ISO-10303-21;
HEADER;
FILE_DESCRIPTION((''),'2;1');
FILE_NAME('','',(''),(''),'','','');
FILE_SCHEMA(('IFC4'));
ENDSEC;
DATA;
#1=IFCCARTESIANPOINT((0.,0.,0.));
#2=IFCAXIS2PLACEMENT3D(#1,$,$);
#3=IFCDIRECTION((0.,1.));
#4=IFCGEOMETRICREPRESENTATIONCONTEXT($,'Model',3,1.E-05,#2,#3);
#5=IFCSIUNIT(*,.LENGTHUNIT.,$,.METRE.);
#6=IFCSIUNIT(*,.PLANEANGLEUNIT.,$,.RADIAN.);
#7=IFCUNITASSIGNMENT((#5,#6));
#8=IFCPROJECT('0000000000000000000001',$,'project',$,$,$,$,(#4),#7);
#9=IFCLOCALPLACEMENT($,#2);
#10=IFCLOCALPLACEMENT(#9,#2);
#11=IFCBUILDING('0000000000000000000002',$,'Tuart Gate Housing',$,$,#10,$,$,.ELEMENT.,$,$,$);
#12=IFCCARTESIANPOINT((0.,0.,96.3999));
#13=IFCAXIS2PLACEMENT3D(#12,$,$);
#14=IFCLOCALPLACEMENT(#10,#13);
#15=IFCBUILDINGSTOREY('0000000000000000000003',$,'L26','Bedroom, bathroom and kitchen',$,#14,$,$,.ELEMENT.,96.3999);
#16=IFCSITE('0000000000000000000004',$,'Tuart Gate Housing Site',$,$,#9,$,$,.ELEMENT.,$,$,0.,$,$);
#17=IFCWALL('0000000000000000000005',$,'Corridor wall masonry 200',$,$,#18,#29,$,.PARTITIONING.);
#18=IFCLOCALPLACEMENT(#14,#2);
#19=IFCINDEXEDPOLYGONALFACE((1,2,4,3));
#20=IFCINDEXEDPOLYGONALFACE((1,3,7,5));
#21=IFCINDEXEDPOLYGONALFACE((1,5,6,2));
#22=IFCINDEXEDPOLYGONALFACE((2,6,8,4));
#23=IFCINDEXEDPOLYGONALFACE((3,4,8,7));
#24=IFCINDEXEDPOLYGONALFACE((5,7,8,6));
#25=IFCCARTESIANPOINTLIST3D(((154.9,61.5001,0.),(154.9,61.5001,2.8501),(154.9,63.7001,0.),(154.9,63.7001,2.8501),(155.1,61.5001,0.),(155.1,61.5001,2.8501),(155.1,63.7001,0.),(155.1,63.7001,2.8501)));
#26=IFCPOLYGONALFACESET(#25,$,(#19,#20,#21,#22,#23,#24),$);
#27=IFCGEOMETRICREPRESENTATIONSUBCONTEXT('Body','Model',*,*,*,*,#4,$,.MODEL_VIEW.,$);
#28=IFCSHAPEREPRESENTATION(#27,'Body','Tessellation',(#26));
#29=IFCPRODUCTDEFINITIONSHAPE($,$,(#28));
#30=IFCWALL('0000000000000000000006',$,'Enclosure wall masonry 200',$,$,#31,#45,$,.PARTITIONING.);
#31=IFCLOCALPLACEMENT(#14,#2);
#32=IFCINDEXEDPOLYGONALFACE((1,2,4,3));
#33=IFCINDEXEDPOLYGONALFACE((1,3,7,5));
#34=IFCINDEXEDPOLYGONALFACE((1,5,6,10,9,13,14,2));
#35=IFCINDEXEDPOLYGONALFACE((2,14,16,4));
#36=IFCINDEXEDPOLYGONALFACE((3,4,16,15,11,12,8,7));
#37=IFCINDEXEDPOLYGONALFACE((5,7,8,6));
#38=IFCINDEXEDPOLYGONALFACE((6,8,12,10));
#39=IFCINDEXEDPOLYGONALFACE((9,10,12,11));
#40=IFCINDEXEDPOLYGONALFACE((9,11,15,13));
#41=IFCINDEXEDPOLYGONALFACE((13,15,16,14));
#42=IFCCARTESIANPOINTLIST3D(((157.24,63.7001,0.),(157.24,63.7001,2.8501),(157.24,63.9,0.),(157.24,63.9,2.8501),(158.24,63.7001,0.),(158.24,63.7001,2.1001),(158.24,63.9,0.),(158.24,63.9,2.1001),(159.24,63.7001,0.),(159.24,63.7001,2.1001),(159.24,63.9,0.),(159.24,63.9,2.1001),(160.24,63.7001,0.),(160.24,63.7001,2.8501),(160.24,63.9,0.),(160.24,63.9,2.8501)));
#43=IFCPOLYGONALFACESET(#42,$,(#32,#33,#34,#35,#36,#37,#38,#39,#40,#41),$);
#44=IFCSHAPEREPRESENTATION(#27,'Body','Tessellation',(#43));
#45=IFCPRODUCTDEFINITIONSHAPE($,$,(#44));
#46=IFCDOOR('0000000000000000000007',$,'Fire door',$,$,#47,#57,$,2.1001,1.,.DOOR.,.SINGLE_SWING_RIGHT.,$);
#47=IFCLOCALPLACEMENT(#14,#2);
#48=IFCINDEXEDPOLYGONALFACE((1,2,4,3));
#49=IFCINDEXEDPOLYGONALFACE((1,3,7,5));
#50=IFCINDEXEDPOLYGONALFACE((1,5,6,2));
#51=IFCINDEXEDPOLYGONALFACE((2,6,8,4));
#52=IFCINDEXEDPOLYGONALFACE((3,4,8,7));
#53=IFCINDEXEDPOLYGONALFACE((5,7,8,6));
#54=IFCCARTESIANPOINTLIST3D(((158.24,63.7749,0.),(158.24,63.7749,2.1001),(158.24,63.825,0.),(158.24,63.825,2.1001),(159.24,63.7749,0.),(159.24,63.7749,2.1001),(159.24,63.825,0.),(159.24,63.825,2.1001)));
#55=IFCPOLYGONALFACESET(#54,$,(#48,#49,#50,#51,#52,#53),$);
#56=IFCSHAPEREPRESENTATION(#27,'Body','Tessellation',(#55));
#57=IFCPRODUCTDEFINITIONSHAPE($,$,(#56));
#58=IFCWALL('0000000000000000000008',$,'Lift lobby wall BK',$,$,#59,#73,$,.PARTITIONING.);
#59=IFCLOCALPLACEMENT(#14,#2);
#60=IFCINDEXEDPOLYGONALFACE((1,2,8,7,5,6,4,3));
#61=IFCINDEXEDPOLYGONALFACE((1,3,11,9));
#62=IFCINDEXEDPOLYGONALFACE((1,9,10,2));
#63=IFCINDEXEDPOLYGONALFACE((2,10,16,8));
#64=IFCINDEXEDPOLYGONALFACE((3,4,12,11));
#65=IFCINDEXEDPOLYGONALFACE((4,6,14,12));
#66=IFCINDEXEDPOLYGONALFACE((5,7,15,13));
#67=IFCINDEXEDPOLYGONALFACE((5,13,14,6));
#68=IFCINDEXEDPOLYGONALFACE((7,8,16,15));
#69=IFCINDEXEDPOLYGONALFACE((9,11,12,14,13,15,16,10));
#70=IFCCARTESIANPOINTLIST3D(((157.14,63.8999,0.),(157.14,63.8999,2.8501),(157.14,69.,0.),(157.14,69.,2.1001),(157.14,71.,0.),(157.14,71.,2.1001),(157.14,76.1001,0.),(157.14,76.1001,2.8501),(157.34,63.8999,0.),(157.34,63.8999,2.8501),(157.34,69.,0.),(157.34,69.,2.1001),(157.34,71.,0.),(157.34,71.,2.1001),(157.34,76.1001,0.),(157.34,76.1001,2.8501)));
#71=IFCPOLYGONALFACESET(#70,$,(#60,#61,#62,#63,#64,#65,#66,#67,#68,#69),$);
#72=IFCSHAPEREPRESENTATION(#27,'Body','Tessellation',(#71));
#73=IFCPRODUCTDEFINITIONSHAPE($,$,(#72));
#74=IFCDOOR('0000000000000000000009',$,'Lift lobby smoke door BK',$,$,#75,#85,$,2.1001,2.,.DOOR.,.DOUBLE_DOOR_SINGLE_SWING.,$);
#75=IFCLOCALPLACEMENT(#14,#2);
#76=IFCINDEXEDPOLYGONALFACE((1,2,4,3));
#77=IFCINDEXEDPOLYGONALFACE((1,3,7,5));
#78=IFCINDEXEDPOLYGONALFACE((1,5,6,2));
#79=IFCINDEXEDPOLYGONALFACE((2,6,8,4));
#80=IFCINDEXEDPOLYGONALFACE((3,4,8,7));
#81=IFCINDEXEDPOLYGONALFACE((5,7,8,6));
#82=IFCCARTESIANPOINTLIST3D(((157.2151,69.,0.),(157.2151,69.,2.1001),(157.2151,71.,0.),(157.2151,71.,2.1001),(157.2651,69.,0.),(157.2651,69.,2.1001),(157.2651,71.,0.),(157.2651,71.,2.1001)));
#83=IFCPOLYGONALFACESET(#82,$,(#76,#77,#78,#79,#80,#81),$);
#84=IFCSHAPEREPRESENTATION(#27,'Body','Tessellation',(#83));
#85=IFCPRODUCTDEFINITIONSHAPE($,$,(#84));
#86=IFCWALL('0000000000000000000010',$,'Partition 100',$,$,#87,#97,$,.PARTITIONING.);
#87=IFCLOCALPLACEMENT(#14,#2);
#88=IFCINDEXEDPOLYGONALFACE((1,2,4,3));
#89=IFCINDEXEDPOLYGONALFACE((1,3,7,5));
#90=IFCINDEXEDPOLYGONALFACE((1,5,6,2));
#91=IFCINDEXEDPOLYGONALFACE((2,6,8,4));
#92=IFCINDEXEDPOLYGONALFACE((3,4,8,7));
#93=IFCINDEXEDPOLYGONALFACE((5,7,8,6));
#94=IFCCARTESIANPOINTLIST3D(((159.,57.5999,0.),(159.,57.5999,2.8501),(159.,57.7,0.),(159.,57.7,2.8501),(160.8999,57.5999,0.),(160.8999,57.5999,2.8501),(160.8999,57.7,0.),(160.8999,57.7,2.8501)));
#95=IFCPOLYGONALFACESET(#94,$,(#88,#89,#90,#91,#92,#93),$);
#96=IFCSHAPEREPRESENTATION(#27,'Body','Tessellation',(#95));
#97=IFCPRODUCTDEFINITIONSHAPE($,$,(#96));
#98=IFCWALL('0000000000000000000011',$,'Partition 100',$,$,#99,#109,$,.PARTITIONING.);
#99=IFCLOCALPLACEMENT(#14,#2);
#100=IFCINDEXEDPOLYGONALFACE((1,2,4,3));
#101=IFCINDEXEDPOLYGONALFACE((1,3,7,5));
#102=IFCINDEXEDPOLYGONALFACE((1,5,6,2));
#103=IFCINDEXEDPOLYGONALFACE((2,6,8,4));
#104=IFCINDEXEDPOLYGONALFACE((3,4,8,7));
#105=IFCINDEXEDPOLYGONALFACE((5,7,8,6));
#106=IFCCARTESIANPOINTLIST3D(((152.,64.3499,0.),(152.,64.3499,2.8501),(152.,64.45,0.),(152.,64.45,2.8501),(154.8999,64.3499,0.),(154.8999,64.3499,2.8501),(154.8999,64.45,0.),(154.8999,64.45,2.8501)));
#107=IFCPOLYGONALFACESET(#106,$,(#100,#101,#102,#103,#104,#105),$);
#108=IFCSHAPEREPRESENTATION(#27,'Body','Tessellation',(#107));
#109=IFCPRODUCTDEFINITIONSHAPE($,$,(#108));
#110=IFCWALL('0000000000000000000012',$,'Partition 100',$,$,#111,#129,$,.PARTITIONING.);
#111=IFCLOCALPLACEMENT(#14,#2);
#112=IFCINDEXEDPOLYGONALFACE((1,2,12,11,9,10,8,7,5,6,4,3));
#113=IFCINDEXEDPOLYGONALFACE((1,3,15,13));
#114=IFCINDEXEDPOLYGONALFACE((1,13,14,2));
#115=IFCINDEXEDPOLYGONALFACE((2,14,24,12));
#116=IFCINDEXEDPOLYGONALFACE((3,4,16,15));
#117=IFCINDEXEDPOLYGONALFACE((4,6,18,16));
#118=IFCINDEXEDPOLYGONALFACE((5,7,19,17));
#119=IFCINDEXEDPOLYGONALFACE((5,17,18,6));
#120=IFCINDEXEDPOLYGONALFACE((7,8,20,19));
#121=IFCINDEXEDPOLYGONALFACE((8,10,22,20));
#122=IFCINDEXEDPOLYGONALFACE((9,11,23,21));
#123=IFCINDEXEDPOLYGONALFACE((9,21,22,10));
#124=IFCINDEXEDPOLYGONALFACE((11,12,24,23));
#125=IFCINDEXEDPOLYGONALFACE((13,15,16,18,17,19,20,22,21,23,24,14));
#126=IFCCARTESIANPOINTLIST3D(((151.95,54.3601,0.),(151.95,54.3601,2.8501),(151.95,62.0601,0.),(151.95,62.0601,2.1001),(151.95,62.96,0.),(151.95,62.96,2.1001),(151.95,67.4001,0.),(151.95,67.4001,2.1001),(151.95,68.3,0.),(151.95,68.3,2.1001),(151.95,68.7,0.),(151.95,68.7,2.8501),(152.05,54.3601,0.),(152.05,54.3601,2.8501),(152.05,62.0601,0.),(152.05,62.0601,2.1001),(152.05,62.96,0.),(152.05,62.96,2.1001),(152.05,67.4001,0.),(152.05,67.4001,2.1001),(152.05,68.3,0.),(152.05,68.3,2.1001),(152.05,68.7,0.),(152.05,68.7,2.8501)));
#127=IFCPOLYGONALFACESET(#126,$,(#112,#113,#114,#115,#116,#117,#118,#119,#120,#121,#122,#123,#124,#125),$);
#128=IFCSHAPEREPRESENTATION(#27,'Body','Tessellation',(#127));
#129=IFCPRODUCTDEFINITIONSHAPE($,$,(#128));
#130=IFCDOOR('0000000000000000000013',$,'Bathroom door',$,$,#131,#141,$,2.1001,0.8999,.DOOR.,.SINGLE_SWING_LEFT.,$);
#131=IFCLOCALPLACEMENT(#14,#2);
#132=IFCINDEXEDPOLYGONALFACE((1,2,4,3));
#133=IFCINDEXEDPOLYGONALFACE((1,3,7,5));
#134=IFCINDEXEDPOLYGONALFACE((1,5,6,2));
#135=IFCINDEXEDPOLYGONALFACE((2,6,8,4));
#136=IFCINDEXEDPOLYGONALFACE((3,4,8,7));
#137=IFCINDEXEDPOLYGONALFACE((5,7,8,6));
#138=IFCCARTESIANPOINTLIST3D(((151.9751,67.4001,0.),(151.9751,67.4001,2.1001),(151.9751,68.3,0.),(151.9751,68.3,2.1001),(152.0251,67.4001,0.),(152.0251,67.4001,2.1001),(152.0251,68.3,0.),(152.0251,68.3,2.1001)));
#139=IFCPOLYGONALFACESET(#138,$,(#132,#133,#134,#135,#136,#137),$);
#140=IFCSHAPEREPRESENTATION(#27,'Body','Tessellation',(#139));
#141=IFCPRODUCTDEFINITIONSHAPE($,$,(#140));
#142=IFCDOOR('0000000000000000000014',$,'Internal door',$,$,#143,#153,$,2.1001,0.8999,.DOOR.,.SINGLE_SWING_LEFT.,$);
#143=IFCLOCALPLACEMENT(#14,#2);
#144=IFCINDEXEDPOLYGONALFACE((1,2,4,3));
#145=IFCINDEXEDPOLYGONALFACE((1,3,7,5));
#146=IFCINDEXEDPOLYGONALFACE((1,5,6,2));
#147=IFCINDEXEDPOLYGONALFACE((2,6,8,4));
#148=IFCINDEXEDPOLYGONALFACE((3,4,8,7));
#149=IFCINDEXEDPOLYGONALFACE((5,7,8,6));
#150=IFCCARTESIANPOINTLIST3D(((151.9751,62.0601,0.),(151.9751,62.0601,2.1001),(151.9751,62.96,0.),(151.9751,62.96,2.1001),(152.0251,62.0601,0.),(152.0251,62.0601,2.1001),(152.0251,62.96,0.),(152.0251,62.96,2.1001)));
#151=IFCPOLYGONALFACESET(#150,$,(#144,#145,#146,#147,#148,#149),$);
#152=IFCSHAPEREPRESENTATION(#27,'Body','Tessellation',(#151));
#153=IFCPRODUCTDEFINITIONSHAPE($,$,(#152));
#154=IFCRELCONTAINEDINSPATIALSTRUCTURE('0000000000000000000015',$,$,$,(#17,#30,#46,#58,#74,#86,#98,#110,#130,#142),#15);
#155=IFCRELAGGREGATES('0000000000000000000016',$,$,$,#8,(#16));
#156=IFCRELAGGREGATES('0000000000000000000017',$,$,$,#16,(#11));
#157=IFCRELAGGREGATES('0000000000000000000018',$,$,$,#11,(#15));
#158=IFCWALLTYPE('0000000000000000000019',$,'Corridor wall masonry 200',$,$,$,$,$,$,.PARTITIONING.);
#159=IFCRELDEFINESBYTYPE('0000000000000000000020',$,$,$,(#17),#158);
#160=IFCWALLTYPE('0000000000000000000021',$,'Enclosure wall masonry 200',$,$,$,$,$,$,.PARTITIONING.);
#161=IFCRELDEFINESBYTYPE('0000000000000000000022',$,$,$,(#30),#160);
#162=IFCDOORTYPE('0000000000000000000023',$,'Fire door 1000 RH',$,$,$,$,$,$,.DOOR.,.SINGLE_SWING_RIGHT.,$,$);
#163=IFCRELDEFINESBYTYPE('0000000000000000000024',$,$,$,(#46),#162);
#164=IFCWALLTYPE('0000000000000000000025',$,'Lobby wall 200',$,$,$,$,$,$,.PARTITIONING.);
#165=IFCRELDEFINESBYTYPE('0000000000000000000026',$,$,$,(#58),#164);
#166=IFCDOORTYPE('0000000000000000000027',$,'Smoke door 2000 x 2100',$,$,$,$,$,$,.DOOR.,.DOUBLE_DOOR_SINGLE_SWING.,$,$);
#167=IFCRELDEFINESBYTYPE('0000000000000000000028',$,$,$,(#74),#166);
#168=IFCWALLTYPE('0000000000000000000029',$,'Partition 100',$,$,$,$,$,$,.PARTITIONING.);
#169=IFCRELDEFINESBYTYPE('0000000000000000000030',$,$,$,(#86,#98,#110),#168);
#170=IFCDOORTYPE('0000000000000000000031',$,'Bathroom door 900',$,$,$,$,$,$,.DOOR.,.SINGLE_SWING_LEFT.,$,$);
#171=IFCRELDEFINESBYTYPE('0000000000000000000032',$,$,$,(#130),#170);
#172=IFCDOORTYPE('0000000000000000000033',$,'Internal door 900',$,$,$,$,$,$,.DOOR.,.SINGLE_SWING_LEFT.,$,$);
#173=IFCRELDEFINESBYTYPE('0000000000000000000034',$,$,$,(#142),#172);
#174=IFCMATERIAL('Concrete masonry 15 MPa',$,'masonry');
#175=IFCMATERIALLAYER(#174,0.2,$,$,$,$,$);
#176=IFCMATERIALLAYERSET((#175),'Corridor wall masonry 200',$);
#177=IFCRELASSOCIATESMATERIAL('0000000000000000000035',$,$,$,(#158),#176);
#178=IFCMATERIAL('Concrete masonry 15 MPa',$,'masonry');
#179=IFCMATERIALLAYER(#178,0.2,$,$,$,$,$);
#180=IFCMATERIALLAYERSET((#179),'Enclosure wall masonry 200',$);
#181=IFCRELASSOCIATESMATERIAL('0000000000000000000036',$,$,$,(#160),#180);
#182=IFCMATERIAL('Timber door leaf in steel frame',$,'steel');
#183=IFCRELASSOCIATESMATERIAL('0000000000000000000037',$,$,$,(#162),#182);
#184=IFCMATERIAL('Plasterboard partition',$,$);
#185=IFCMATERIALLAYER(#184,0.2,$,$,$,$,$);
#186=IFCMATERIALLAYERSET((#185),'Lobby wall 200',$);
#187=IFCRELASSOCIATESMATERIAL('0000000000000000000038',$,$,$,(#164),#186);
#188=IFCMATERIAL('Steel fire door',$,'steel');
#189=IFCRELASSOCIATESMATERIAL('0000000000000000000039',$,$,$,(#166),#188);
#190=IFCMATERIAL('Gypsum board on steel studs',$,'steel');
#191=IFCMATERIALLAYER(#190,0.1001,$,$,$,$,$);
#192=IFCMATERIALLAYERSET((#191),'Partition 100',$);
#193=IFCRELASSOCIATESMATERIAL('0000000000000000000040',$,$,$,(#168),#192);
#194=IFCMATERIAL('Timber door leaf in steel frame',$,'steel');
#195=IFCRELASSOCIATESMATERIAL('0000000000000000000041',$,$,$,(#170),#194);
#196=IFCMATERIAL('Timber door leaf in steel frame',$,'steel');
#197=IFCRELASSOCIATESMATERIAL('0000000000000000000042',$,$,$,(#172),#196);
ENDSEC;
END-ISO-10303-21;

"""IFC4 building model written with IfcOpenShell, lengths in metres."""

from ifc_helpers import new_model, si_unit, direction, frame, frame_2d, origin, place, context, subcontext, project, spatial, rectangle, extrude, material, layer, layer_set, type_object, element, fill, save


model = new_model("IFC4")

# Units and contexts
model_context = context("Model", 3, precision=1e-05, world=origin(), true_north=direction((0.0, 1.0)))
body_context = subcontext(model_context, "Body", "Model", "MODEL_VIEW")
ifc_project = project(units=[si_unit("LENGTHUNIT", "METRE"), si_unit("PLANEANGLEUNIT", "RADIAN")], contexts=[model_context])

# Site, building, storey
site_placement = place(None, origin())
site = spatial("IfcSite", under=ifc_project, at=site_placement, Name="Tuart Gate Housing Site", CompositionType="ELEMENT", RefElevation=0.0)
building_placement = place(site_placement, origin())
building = spatial("IfcBuilding", under=site, at=building_placement, Name="Tuart Gate Housing", CompositionType="ELEMENT")
storey_placement = place(building_placement, frame((0.0, 0.0, 96.3999)))
storey = spatial("IfcBuildingStorey", under=building, at=storey_placement, Name="L26", Description="Bedroom, bathroom and kitchen", CompositionType="ELEMENT", Elevation=96.3999)

# Shared definitions
ifc_material_1 = material(Name="Concrete masonry 15 MPa", Category="masonry")
ifc_layer_1 = layer(ifc_material_1, 0.2)
ifc_layer_set_1 = layer_set([ifc_layer_1], Name="Corridor wall masonry 200")
wall_type_1 = type_object("IfcWallType", Name="Corridor wall masonry 200", PredefinedType="PARTITIONING", material=ifc_layer_set_1)

# Wall
wall_1_placement = place(storey_placement, frame((155.0, 61.5, 0.0), z_axis=(0.0, 0.0, 1.0), x_axis=(0.0, 1.0, 0.0)))
element("IfcWall", 1, at=wall_1_placement, inside=storey, type_object=wall_type_1, Name="Corridor wall masonry 200", PredefinedType="PARTITIONING", context=body_context, shape_type="SweptSolid", body=[
    extrude(rectangle(XDim=2.2, YDim=0.2, at=frame_2d((1.1001, 0.0))), origin(), (0.0, 0.0, 1.0), 2.8501),
])

# Walls, openings, doors
ifc_material_2 = material(Name="Concrete masonry 15 MPa", Category="masonry")
ifc_layer_2 = layer(ifc_material_2, 0.2)
ifc_layer_set_2 = layer_set([ifc_layer_2], Name="Enclosure wall masonry 200")
wall_type_2 = type_object("IfcWallType", Name="Enclosure wall masonry 200", PredefinedType="PARTITIONING", material=ifc_layer_set_2)
wall_2_placement = place(storey_placement, frame((157.24, 63.8, 0.0), z_axis=(0.0, 0.0, 1.0), x_axis=(1.0, 0.0, 0.0)))
wall_2 = element("IfcWall", 2, at=wall_2_placement, inside=storey, type_object=wall_type_2, Name="Enclosure wall masonry 200", PredefinedType="PARTITIONING", context=body_context, shape_type="SweptSolid", body=[
    extrude(rectangle(XDim=3.0, YDim=0.2, at=frame_2d((1.5, 0.0))), origin(), (0.0, 0.0, 1.0), 2.8501),
])
opening_1_placement = place(wall_2_placement, frame((1.0, 0.0, 0.0)))
opening_1 = element("IfcOpeningElement", 3, at=opening_1_placement, cuts=wall_2, PredefinedType="OPENING", context=body_context, shape_type="SweptSolid", body=[
    extrude(rectangle(XDim=1.0, YDim=2.1001, at=frame_2d((0.5, 1.05))), frame((0.0, 0.1099, 0.0), z_axis=(0.0, -1.0, 0.0), x_axis=(1.0, 0.0, 0.0)), (0.0, 0.0, 1.0), 0.22),
])
ifc_material_3 = material(Name="Timber door leaf in steel frame", Category="steel")
door_type_1 = type_object("IfcDoorType", Name="Fire door 1000 RH", OperationType="SINGLE_SWING_RIGHT", PredefinedType="DOOR", material=ifc_material_3)
door_1_placement = place(opening_1_placement, frame((1.0, 0.0, 0.0), z_axis=(0.0, 0.0, 1.0), x_axis=(-1.0, 0.0, 0.0)))
door_1 = element("IfcDoor", 4, at=door_1_placement, inside=storey, type_object=door_type_1, Name="Fire door", OperationType="SINGLE_SWING_RIGHT", OverallHeight=2.1001, OverallWidth=1.0, PredefinedType="DOOR", context=body_context, shape_type="SweptSolid", body=[
    extrude(rectangle(XDim=1.0, YDim=2.1001, at=frame_2d((0.5, 1.05))), frame((0.0, 0.0251, 0.0), z_axis=(0.0, -1.0, 0.0), x_axis=(1.0, 0.0, 0.0)), (0.0, 0.0, 1.0), 0.05),
])
fill(opening_1, door_1)
ifc_material_4 = material(Name="Plasterboard partition")
ifc_layer_3 = layer(ifc_material_4, 0.2)
ifc_layer_set_3 = layer_set([ifc_layer_3], Name="Lobby wall 200")
wall_type_3 = type_object("IfcWallType", Name="Lobby wall 200", PredefinedType="PARTITIONING", material=ifc_layer_set_3)
wall_3_placement = place(storey_placement, frame((157.24, 63.8999, 0.0), z_axis=(0.0, 0.0, 1.0), x_axis=(0.0, 1.0, 0.0)))
wall_3 = element("IfcWall", 5, at=wall_3_placement, inside=storey, type_object=wall_type_3, Name="Lift lobby wall BK", PredefinedType="PARTITIONING", context=body_context, shape_type="SweptSolid", body=[
    extrude(rectangle(XDim=12.2002, YDim=0.2, at=frame_2d((6.1001, 0.0))), origin(), (0.0, 0.0, 1.0), 2.8501),
])
opening_2_placement = place(wall_3_placement, frame((5.1001, 0.0, 0.0)))
opening_2 = element("IfcOpeningElement", 6, at=opening_2_placement, cuts=wall_3, PredefinedType="OPENING", context=body_context, shape_type="SweptSolid", body=[
    extrude(rectangle(XDim=2.0, YDim=2.1001, at=frame_2d((1.0, 1.05))), frame((0.0, 0.1099, 0.0), z_axis=(0.0, -1.0, 0.0), x_axis=(1.0, 0.0, 0.0)), (0.0, 0.0, 1.0), 0.22),
])
ifc_material_5 = material(Name="Steel fire door", Category="steel")
door_type_2 = type_object("IfcDoorType", Name="Smoke door 2000 x 2100", OperationType="DOUBLE_DOOR_SINGLE_SWING", PredefinedType="DOOR", material=ifc_material_5)
door_2_placement = place(opening_2_placement, frame((2.0, 0.0, 0.0), z_axis=(0.0, 0.0, 1.0), x_axis=(-1.0, 0.0, 0.0)))
door_2 = element("IfcDoor", 7, at=door_2_placement, inside=storey, type_object=door_type_2, Name="Lift lobby smoke door BK", OperationType="DOUBLE_DOOR_SINGLE_SWING", OverallHeight=2.1001, OverallWidth=2.0, PredefinedType="DOOR", context=body_context, shape_type="SweptSolid", body=[
    extrude(rectangle(XDim=2.0, YDim=2.1001, at=frame_2d((1.0, 1.05))), frame((0.0, 0.0251, 0.0), z_axis=(0.0, -1.0, 0.0), x_axis=(1.0, 0.0, 0.0)), (0.0, 0.0, 1.0), 0.05),
])
fill(opening_2, door_2)

# Walls
ifc_material_6 = material(Name="Gypsum board on steel studs", Category="steel")
ifc_layer_4 = layer(ifc_material_6, 0.1001)
ifc_layer_set_4 = layer_set([ifc_layer_4], Name="Partition 100")
wall_type_4 = type_object("IfcWallType", Name="Partition 100", PredefinedType="PARTITIONING", material=ifc_layer_set_4)
wall_4_placement = place(storey_placement, frame((159.0, 57.6499, 0.0), z_axis=(0.0, 0.0, 1.0), x_axis=(1.0, 0.0, 0.0)))
element("IfcWall", 8, at=wall_4_placement, inside=storey, type_object=wall_type_4, Name="Partition 100", PredefinedType="PARTITIONING", context=body_context, shape_type="SweptSolid", body=[
    extrude(rectangle(XDim=1.8999, YDim=0.1001, at=frame_2d((0.95, 0.0))), origin(), (0.0, 0.0, 1.0), 2.8501),
])
wall_5_placement = place(storey_placement, frame((152.0, 64.3999, 0.0), z_axis=(0.0, 0.0, 1.0), x_axis=(1.0, 0.0, 0.0)))
element("IfcWall", 9, at=wall_5_placement, inside=storey, type_object=wall_type_4, Name="Partition 100", PredefinedType="PARTITIONING", context=body_context, shape_type="SweptSolid", body=[
    extrude(rectangle(XDim=2.8999, YDim=0.1001, at=frame_2d((1.45, 0.0))), origin(), (0.0, 0.0, 1.0), 2.8501),
])

# Wall, openings, doors
wall_6_placement = place(storey_placement, frame((152.0, 54.3601, 0.0), z_axis=(0.0, 0.0, 1.0), x_axis=(0.0, 1.0, 0.0)))
wall_6 = element("IfcWall", 10, at=wall_6_placement, inside=storey, type_object=wall_type_4, Name="Partition 100", PredefinedType="PARTITIONING", context=body_context, shape_type="SweptSolid", body=[
    extrude(rectangle(XDim=14.3398, YDim=0.1001, at=frame_2d((7.1699, 0.0))), origin(), (0.0, 0.0, 1.0), 2.8501),
])
opening_3_placement = place(wall_6_placement, frame((7.7, 0.0, 0.0)))
opening_3 = element("IfcOpeningElement", 11, at=opening_3_placement, cuts=wall_6, PredefinedType="OPENING", context=body_context, shape_type="SweptSolid", body=[
    extrude(rectangle(XDim=0.8999, YDim=2.1001, at=frame_2d((0.45, 1.05))), frame((0.0, 0.0601, 0.0), z_axis=(0.0, -1.0, 0.0), x_axis=(1.0, 0.0, 0.0)), (0.0, 0.0, 1.0), 0.1201),
])
opening_4_placement = place(wall_6_placement, frame((13.04, 0.0, 0.0)))
opening_4 = element("IfcOpeningElement", 12, at=opening_4_placement, cuts=wall_6, PredefinedType="OPENING", context=body_context, shape_type="SweptSolid", body=[
    extrude(rectangle(XDim=0.8999, YDim=2.1001, at=frame_2d((0.45, 1.05))), frame((0.0, 0.0601, 0.0), z_axis=(0.0, -1.0, 0.0), x_axis=(1.0, 0.0, 0.0)), (0.0, 0.0, 1.0), 0.1201),
])
ifc_material_7 = material(Name="Timber door leaf in steel frame", Category="steel")
door_type_3 = type_object("IfcDoorType", Name="Bathroom door 900", OperationType="SINGLE_SWING_LEFT", PredefinedType="DOOR", material=ifc_material_7)
door_3_placement = place(opening_4_placement, frame((0.8999, 0.0, 0.0), z_axis=(0.0, 0.0, 1.0), x_axis=(-1.0, 0.0, 0.0)))
door_3 = element("IfcDoor", 13, at=door_3_placement, inside=storey, type_object=door_type_3, Name="Bathroom door", OperationType="SINGLE_SWING_LEFT", OverallHeight=2.1001, OverallWidth=0.8999, PredefinedType="DOOR", context=body_context, shape_type="SweptSolid", body=[
    extrude(rectangle(XDim=0.8999, YDim=2.1001, at=frame_2d((0.45, 1.05))), frame((0.0, 0.0251, 0.0), z_axis=(0.0, -1.0, 0.0), x_axis=(1.0, 0.0, 0.0)), (0.0, 0.0, 1.0), 0.05),
])
fill(opening_4, door_3)
ifc_material_8 = material(Name="Timber door leaf in steel frame", Category="steel")
door_type_4 = type_object("IfcDoorType", Name="Internal door 900", OperationType="SINGLE_SWING_LEFT", PredefinedType="DOOR", material=ifc_material_8)
door_4_placement = place(opening_3_placement, frame((0.8999, 0.0, 0.0), z_axis=(0.0, 0.0, 1.0), x_axis=(-1.0, 0.0, 0.0)))
door_4 = element("IfcDoor", 14, at=door_4_placement, inside=storey, type_object=door_type_4, Name="Internal door", OperationType="SINGLE_SWING_LEFT", OverallHeight=2.1001, OverallWidth=0.8999, PredefinedType="DOOR", context=body_context, shape_type="SweptSolid", body=[
    extrude(rectangle(XDim=0.8999, YDim=2.1001, at=frame_2d((0.45, 1.05))), frame((0.0, 0.0251, 0.0), z_axis=(0.0, -1.0, 0.0), x_axis=(1.0, 0.0, 0.0)), (0.0, 0.0, 1.0), 0.05),
])
fill(opening_3, door_4)

save(model, "model.ifc")
